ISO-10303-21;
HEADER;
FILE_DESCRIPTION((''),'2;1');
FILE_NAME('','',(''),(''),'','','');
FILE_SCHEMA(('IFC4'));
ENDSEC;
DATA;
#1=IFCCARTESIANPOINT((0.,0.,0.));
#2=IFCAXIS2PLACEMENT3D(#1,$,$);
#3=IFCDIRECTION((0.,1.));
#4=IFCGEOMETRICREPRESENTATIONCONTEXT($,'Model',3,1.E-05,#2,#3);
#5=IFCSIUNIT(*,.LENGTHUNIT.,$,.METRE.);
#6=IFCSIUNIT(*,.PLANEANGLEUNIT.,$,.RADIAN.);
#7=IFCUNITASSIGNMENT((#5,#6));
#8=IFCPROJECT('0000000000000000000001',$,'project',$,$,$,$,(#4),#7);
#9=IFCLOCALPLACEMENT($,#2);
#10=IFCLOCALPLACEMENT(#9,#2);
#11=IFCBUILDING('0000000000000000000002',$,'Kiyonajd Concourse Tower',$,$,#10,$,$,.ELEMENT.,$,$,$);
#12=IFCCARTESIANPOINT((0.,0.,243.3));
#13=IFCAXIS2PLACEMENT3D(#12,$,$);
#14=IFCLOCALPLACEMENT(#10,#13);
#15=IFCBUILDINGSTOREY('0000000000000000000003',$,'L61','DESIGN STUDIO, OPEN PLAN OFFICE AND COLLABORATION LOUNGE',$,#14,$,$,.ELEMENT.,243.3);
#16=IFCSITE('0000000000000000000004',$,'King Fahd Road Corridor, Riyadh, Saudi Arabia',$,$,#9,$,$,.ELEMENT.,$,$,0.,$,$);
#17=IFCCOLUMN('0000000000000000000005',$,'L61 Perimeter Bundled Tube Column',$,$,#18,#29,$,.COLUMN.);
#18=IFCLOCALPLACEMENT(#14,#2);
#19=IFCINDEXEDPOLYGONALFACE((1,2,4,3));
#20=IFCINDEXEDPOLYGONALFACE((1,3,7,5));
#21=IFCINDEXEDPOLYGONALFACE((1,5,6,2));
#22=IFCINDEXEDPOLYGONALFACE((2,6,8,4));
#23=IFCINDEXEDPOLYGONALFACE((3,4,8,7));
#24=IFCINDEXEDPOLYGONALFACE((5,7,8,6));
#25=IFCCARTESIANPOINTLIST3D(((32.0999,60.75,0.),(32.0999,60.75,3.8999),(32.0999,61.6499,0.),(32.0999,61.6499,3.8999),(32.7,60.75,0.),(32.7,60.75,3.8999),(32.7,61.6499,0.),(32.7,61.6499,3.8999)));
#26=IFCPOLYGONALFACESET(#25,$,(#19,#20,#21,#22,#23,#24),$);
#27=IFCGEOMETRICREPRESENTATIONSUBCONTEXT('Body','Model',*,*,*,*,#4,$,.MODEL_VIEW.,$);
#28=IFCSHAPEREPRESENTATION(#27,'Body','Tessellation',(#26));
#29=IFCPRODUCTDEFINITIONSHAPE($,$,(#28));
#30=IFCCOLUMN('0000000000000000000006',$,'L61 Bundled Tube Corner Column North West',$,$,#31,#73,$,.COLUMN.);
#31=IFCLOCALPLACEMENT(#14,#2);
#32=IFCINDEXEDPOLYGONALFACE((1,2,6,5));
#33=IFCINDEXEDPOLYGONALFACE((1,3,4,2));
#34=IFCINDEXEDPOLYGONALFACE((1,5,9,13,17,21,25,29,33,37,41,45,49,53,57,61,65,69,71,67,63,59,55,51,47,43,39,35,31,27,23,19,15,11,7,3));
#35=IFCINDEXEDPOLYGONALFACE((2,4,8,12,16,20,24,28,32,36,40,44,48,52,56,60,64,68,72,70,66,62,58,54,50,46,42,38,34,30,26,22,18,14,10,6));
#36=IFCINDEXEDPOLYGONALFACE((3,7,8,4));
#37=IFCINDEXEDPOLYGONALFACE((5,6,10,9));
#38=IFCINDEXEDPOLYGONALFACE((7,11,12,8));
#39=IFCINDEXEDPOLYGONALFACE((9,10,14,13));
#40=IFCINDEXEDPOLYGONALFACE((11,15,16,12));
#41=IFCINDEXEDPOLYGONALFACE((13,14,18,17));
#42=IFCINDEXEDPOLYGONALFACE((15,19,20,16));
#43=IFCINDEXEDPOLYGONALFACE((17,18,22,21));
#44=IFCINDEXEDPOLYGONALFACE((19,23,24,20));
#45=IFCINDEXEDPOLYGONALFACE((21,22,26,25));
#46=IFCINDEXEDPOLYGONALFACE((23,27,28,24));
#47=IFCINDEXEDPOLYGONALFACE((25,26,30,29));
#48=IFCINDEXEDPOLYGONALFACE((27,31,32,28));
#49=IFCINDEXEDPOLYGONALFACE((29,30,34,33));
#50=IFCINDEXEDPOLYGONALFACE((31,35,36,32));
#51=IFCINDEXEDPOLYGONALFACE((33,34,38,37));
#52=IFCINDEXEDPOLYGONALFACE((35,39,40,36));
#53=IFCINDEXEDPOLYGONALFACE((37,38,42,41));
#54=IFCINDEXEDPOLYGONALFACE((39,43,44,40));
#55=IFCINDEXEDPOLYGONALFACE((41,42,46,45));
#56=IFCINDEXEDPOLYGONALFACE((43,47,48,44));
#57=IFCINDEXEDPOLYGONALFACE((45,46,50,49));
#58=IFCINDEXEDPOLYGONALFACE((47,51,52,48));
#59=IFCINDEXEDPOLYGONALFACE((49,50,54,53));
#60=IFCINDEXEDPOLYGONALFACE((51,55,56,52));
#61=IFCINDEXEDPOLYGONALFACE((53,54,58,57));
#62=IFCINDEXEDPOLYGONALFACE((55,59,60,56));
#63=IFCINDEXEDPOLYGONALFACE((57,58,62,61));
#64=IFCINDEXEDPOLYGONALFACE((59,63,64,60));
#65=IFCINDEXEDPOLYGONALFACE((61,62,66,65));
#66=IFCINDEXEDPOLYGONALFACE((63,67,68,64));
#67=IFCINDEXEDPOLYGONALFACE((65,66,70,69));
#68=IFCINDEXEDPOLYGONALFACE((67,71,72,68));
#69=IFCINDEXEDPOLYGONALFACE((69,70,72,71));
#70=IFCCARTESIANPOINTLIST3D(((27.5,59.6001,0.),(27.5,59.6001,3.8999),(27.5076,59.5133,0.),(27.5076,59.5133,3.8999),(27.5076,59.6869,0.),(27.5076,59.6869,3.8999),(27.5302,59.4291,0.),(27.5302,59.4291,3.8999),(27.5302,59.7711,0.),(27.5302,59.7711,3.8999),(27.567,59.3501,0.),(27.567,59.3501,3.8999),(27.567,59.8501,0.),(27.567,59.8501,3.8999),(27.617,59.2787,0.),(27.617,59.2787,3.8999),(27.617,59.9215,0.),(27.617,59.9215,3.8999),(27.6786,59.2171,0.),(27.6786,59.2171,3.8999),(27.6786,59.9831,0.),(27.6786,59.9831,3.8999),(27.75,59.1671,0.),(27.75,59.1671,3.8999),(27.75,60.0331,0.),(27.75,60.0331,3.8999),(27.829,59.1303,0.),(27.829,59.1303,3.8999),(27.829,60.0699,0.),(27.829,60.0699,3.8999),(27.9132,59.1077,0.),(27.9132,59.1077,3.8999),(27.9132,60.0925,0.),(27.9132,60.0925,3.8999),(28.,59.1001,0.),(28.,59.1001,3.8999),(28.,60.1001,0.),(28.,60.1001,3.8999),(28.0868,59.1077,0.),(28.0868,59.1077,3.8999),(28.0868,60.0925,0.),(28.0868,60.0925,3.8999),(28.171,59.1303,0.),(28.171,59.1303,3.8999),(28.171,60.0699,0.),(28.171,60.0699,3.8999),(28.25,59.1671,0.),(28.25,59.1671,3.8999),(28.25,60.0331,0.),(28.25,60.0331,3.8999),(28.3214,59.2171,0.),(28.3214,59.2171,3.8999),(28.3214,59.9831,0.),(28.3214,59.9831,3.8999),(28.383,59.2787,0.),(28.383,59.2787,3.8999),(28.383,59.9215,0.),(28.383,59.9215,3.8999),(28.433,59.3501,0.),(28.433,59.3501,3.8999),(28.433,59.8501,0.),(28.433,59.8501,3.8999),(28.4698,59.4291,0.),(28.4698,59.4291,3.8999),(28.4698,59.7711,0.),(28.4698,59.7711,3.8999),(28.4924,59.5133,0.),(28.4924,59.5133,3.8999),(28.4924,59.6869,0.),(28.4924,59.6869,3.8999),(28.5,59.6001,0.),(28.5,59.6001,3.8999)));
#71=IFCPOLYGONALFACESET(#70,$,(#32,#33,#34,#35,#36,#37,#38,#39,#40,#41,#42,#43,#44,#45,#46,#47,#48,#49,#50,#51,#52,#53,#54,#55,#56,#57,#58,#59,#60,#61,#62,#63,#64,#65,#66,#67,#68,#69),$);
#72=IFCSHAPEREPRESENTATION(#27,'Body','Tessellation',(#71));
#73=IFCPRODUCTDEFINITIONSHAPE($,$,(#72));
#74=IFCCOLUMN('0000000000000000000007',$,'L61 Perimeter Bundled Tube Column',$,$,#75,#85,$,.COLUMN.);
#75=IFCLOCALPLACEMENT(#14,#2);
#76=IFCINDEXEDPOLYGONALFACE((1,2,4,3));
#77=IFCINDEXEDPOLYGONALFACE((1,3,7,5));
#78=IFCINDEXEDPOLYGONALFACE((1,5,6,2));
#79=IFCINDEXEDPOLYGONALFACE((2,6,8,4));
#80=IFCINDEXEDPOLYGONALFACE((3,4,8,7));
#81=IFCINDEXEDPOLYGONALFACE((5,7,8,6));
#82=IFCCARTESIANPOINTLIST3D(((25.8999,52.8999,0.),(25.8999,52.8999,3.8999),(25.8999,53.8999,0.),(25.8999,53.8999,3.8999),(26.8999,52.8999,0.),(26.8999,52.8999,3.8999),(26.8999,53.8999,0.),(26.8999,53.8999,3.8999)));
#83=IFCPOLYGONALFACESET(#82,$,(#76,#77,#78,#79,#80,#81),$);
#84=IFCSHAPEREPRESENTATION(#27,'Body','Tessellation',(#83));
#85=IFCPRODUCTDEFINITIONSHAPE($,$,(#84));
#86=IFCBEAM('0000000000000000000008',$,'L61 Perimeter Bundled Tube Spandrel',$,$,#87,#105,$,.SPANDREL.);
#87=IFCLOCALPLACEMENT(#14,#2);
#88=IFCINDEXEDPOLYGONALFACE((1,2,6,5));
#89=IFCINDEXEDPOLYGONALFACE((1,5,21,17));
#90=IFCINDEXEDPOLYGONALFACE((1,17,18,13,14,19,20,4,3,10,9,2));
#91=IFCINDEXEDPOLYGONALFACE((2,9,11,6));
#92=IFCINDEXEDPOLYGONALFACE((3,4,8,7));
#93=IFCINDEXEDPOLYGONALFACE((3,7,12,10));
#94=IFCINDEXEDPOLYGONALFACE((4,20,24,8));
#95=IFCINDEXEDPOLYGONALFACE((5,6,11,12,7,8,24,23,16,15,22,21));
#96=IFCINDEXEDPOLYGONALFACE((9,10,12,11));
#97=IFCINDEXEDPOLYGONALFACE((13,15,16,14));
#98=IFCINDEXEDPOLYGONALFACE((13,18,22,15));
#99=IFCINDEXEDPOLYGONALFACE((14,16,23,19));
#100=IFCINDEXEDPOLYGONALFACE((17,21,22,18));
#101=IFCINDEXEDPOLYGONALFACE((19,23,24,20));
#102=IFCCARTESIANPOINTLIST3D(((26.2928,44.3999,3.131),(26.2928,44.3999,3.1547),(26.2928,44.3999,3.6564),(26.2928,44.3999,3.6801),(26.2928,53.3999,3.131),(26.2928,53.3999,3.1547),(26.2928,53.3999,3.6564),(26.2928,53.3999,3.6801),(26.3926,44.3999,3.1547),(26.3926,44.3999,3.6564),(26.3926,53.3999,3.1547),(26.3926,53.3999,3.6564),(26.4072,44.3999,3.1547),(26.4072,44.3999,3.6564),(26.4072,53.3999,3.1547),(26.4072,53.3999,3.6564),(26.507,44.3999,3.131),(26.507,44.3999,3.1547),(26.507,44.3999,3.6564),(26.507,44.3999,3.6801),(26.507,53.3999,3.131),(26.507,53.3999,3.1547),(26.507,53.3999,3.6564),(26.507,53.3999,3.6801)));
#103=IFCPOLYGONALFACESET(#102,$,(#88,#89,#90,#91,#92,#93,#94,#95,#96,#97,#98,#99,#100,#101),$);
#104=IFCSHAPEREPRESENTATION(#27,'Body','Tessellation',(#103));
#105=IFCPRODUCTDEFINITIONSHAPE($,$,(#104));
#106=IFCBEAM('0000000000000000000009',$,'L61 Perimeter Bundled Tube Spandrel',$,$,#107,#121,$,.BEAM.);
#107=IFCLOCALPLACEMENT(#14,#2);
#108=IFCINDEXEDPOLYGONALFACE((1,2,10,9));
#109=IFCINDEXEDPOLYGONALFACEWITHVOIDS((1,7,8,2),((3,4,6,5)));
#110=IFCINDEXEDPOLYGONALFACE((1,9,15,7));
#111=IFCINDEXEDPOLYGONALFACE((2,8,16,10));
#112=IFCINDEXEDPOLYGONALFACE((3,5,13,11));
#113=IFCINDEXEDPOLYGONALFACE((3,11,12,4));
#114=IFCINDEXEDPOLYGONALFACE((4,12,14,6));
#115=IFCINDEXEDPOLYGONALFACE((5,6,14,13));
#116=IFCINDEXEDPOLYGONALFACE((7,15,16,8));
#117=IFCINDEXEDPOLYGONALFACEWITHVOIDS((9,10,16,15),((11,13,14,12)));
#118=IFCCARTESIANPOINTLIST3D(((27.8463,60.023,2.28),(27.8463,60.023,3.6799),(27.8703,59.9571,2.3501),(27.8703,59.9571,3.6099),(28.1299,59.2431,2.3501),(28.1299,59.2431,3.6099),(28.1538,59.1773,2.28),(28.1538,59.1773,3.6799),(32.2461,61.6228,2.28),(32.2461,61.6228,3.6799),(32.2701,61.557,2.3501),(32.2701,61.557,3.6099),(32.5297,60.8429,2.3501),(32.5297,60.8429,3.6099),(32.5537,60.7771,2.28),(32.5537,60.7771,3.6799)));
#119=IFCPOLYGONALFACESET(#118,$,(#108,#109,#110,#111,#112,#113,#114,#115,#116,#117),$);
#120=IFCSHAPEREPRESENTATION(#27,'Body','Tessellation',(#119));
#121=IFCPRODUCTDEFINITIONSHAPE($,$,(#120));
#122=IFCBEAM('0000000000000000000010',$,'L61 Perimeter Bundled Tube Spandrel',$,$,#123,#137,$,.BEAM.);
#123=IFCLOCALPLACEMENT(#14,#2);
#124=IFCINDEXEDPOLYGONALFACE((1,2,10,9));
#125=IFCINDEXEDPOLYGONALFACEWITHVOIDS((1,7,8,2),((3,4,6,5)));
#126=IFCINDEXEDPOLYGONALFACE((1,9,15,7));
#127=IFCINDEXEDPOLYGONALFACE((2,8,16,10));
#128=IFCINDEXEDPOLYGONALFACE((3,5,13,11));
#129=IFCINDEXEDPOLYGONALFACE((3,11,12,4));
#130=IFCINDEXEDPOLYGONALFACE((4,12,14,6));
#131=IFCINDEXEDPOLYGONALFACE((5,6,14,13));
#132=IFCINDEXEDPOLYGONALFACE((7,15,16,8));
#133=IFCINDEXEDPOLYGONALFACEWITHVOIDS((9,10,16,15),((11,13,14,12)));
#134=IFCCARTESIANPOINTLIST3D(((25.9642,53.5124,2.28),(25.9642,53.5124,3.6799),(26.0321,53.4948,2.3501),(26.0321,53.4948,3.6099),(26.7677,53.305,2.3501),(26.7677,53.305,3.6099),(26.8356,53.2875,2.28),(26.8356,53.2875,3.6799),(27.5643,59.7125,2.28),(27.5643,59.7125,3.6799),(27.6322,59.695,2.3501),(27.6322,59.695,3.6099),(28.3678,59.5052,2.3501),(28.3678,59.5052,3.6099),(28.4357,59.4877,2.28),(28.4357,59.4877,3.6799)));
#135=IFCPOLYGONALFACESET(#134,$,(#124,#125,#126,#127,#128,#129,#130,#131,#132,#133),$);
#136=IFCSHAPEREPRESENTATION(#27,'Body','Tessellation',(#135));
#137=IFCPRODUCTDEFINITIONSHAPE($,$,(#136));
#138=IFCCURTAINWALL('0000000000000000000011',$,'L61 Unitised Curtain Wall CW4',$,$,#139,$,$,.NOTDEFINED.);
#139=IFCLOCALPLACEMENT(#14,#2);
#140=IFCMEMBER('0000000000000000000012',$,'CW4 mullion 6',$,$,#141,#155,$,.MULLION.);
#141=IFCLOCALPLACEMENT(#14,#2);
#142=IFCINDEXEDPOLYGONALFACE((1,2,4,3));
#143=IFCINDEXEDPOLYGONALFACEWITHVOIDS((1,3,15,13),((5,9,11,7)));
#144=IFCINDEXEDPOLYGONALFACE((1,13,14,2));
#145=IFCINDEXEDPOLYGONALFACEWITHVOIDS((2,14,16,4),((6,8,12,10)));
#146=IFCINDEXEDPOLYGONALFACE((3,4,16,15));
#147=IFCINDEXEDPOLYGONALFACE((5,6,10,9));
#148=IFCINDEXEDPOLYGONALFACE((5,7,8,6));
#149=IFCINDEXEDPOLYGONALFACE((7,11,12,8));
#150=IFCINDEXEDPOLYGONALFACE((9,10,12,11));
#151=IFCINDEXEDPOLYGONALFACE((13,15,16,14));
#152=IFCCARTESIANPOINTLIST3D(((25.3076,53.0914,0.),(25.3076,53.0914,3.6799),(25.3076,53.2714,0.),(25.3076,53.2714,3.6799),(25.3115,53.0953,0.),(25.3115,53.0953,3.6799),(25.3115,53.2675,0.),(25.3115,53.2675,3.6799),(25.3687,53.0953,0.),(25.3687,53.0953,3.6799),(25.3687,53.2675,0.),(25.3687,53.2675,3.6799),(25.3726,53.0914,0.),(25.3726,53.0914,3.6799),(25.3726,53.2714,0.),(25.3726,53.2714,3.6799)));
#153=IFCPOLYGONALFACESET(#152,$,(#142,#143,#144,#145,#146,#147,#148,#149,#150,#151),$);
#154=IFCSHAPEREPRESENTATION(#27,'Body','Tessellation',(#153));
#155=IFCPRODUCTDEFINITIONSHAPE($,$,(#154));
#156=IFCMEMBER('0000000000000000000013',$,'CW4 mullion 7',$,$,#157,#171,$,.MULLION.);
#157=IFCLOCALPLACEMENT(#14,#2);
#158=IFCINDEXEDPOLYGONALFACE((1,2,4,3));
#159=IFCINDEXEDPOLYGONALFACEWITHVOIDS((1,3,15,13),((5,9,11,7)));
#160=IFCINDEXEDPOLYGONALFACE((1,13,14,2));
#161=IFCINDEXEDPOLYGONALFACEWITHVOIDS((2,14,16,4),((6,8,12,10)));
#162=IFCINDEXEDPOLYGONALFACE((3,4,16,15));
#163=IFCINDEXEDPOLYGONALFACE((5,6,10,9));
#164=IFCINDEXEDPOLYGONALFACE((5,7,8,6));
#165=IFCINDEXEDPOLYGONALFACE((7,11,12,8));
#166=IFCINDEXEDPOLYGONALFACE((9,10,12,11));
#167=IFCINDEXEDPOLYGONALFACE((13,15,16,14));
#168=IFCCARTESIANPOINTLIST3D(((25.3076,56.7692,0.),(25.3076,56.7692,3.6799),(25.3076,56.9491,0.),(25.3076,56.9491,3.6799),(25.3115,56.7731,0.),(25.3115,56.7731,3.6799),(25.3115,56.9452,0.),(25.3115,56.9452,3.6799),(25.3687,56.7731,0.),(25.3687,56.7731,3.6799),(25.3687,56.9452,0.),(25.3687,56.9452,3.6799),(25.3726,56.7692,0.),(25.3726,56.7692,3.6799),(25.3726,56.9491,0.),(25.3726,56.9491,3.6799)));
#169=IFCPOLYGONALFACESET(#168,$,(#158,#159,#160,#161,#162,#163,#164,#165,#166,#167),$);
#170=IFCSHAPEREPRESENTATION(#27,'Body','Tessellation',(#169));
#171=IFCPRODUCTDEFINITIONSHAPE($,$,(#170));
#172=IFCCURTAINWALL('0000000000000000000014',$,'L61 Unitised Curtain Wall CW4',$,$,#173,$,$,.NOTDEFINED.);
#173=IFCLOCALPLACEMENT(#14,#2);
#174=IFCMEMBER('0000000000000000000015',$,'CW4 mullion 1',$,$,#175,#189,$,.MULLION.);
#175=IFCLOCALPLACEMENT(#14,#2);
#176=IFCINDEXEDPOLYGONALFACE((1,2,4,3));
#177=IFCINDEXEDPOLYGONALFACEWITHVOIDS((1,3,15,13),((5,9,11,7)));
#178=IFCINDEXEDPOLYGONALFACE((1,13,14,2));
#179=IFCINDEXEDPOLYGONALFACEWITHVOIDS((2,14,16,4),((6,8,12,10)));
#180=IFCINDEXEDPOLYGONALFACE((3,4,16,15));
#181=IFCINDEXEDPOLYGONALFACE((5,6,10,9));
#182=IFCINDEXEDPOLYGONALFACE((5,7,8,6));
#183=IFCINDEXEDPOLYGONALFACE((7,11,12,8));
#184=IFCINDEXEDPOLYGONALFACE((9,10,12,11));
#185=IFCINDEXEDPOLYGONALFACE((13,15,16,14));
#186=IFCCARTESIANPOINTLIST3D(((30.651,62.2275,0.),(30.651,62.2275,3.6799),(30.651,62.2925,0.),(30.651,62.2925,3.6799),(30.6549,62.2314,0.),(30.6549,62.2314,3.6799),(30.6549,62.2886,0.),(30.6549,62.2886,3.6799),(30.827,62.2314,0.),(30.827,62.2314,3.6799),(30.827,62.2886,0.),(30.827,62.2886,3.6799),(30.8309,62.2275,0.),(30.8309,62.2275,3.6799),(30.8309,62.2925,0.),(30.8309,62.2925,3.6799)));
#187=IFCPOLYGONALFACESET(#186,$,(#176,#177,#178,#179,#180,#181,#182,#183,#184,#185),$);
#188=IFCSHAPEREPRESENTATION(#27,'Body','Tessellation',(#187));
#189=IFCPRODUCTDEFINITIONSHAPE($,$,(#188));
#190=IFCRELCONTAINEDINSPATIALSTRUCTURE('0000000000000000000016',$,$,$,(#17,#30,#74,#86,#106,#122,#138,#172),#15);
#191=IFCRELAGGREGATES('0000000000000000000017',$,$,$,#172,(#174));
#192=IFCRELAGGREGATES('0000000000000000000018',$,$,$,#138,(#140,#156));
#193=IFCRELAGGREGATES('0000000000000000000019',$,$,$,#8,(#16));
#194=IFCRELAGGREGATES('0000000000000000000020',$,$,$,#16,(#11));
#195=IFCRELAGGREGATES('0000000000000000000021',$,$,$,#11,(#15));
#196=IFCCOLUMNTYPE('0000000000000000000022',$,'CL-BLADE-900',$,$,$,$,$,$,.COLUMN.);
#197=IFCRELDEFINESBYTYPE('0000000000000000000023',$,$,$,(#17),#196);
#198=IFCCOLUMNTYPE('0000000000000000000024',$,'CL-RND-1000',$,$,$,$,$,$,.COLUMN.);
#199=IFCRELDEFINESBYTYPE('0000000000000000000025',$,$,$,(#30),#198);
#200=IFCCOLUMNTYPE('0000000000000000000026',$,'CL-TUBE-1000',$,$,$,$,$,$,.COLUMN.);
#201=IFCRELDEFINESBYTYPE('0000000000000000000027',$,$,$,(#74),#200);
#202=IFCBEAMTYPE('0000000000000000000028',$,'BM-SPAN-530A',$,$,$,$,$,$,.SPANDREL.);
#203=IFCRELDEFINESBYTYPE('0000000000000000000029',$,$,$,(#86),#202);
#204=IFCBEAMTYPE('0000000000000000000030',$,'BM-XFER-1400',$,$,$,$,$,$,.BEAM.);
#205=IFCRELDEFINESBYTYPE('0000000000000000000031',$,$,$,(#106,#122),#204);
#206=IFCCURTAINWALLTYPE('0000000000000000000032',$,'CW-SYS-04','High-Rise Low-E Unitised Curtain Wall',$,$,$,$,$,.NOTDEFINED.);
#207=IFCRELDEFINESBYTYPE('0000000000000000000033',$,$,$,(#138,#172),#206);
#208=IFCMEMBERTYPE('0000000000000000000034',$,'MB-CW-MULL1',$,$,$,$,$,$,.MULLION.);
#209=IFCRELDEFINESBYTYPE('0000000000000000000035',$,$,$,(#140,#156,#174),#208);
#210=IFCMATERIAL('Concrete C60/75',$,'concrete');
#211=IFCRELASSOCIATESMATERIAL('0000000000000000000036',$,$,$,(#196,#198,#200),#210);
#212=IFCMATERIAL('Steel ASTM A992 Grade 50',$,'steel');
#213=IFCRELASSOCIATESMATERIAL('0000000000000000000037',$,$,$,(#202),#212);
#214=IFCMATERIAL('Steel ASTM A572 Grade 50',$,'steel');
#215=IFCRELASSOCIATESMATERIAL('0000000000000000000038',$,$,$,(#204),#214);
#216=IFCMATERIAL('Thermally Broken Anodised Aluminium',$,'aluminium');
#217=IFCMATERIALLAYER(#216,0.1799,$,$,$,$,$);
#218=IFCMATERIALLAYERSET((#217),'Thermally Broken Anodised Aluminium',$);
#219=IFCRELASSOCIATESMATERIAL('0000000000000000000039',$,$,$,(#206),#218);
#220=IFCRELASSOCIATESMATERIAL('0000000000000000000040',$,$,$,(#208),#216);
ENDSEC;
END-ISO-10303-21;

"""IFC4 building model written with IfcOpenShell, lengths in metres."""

from ifc_helpers import new_model, si_unit, direction, frame, origin, origin_2d, place, context, subcontext, project, spatial, rectangle, hollow_rectangle, circle, i_section, extrude, material, layer, layer_set, material_profile, profile_set, type_object, element, aggregate, save


model = new_model("IFC4")

# Units and contexts
model_context = context("Model", 3, precision=1e-05, world=origin(), true_north=direction((0.0, 1.0)))
body_context = subcontext(model_context, "Body", "Model", "MODEL_VIEW")
ifc_project = project(units=[si_unit("LENGTHUNIT", "METRE"), si_unit("PLANEANGLEUNIT", "RADIAN")], contexts=[model_context])

# Site, building, storey
site_placement = place(None, origin())
site = spatial("IfcSite", under=ifc_project, at=site_placement, Name="King Fahd Road Corridor, Riyadh, Saudi Arabia", CompositionType="ELEMENT", RefElevation=0.0)
building_placement = place(site_placement, origin())
building = spatial("IfcBuilding", under=site, at=building_placement, Name="Kiyonajd Concourse Tower", CompositionType="ELEMENT")
storey_placement = place(building_placement, frame((0.0, 0.0, 243.3)))
storey = spatial("IfcBuildingStorey", under=building, at=storey_placement, Name="L61", Description="DESIGN STUDIO, OPEN PLAN OFFICE AND COLLABORATION LOUNGE", CompositionType="ELEMENT", Elevation=243.3)

# Columns
ifc_material_1 = material(Name="Concrete C60/75", Category="concrete")
ifc_material_profile_1 = material_profile(ifc_material_1, rectangle(XDim=0.6001, YDim=0.8999, at=origin_2d()), Name="RC-900x600")
ifc_profile_set_1 = profile_set([ifc_material_profile_1], Name="Concrete C60/75")
column_type_1 = type_object("IfcColumnType", Name="CL-BLADE-900", PredefinedType="COLUMN", material=ifc_profile_set_1)
column_1_placement = place(storey_placement, frame((32.3999, 61.2, 0.0), z_axis=(0.0, 0.0, 1.0), x_axis=(1.0, 0.0, 0.0)))
element("IfcColumn", 1, at=column_1_placement, inside=storey, type_object=column_type_1, Name="L61 Perimeter Bundled Tube Column", PredefinedType="COLUMN", context=body_context, shape_type="SweptSolid", body=[
    extrude(rectangle(XDim=0.6001, YDim=0.8999, at=origin_2d()), origin(), (0.0, 0.0, 1.0), 3.8999),
])
ifc_material_profile_2 = material_profile(ifc_material_1, circle(Radius=0.5, at=origin_2d()), Name="RCC-D1000")
ifc_profile_set_2 = profile_set([ifc_material_profile_2], Name="Concrete C60/75")
column_type_2 = type_object("IfcColumnType", Name="CL-RND-1000", PredefinedType="COLUMN", material=ifc_profile_set_2)
column_2_placement = place(storey_placement, frame((28.0, 59.6001, 0.0), z_axis=(0.0, 0.0, 1.0), x_axis=(1.0, 0.0, 0.0)))
element("IfcColumn", 2, at=column_2_placement, inside=storey, type_object=column_type_2, Name="L61 Bundled Tube Corner Column North West", PredefinedType="COLUMN", context=body_context, shape_type="SweptSolid", body=[
    extrude(circle(Radius=0.5, at=origin_2d()), origin(), (0.0, 0.0, 1.0), 3.8999),
])
ifc_material_profile_3 = material_profile(ifc_material_1, rectangle(XDim=1.0, YDim=1.0, at=origin_2d()), Name="RC-1000x1000")
ifc_profile_set_3 = profile_set([ifc_material_profile_3], Name="Concrete C60/75")
column_type_3 = type_object("IfcColumnType", Name="CL-TUBE-1000", PredefinedType="COLUMN", material=ifc_profile_set_3)
column_3_placement = place(storey_placement, frame((26.3999, 53.3999, 0.0), z_axis=(0.0, 0.0, 1.0), x_axis=(1.0, 0.0, 0.0)))
element("IfcColumn", 3, at=column_3_placement, inside=storey, type_object=column_type_3, Name="L61 Perimeter Bundled Tube Column", PredefinedType="COLUMN", context=body_context, shape_type="SweptSolid", body=[
    extrude(rectangle(XDim=1.0, YDim=1.0, at=origin_2d()), origin(), (0.0, 0.0, 1.0), 3.8999),
])

# Beams
ifc_material_2 = material(Name="Steel ASTM A992 Grade 50", Category="steel")
ifc_material_profile_4 = material_profile(ifc_material_2, i_section(OverallWidth=0.2141, OverallDepth=0.5491, WebThickness=0.0146, FlangeThickness=0.0237, at=origin_2d()), Name="W530X138")
ifc_profile_set_4 = profile_set([ifc_material_profile_4], Name="Steel ASTM A992 Grade 50")
beam_type_1 = type_object("IfcBeamType", Name="BM-SPAN-530A", PredefinedType="SPANDREL", material=ifc_profile_set_4)
beam_1_placement = place(storey_placement, frame((26.3999, 53.3999, 3.4055), z_axis=(0.0, -1.0, 0.0), x_axis=(1.0, 0.0, 0.0)))
element("IfcBeam", 4, at=beam_1_placement, inside=storey, type_object=beam_type_1, Name="L61 Perimeter Bundled Tube Spandrel", PredefinedType="SPANDREL", context=body_context, shape_type="SweptSolid", body=[
    extrude(i_section(OverallWidth=0.2141, OverallDepth=0.5491, WebThickness=0.0146, FlangeThickness=0.0237, at=origin_2d()), origin(), (0.0, 0.0, 1.0), 9.0),
])
ifc_material_3 = material(Name="Steel ASTM A572 Grade 50", Category="steel")
ifc_material_profile_5 = material_profile(ifc_material_3, hollow_rectangle(XDim=0.8999, YDim=1.3999, WallThickness=0.0701, at=origin_2d()), Name="BOX-1400x900x70")
ifc_profile_set_5 = profile_set([ifc_material_profile_5], Name="Steel ASTM A572 Grade 50")
beam_type_2 = type_object("IfcBeamType", Name="BM-XFER-1400", PredefinedType="BEAM", material=ifc_profile_set_5)
beam_2_placement = place(storey_placement, frame((32.3999, 61.2, 2.98), z_axis=(-0.939801, -0.341722, 0.0), x_axis=(0.341722, -0.939801, 0.0)))
element("IfcBeam", 5, at=beam_2_placement, inside=storey, type_object=beam_type_2, Name="L61 Perimeter Bundled Tube Spandrel", PredefinedType="BEAM", context=body_context, shape_type="SweptSolid", body=[
    extrude(hollow_rectangle(XDim=0.8999, YDim=1.3999, WallThickness=0.0701, at=origin_2d()), origin(), (0.0, 0.0, 1.0), 4.6816),
])
beam_3_placement = place(storey_placement, frame((28.0, 59.6001, 2.98), z_axis=(-0.249885, -0.968276, 0.0), x_axis=(0.968276, -0.249885, 0.0)))
element("IfcBeam", 6, at=beam_3_placement, inside=storey, type_object=beam_type_2, Name="L61 Perimeter Bundled Tube Spandrel", PredefinedType="BEAM", context=body_context, shape_type="SweptSolid", body=[
    extrude(hollow_rectangle(XDim=0.8999, YDim=1.3999, WallThickness=0.0701, at=origin_2d()), origin(), (0.0, 0.0, 1.0), 6.4033),
])

# Curtain wall, members
ifc_material_4 = material(Name="Thermally Broken Anodised Aluminium", Category="aluminium")
ifc_layer_1 = layer(ifc_material_4, 0.1799)
ifc_layer_set_1 = layer_set([ifc_layer_1], Name="Thermally Broken Anodised Aluminium")
curtain_wall_type = type_object("IfcCurtainWallType", Name="CW-SYS-04", Description="High-Rise Low-E Unitised Curtain Wall", PredefinedType="NOTDEFINED", material=ifc_layer_set_1)
curtain_wall_1_placement = place(storey_placement, origin())
curtain_wall_1 = element("IfcCurtainWall", 7, at=curtain_wall_1_placement, inside=storey, type_object=curtain_wall_type, Name="L61 Unitised Curtain Wall CW4", PredefinedType="NOTDEFINED")
ifc_material_profile_6 = material_profile(ifc_material_4, hollow_rectangle(XDim=0.0649, YDim=0.1799, WallThickness=0.0039, at=origin_2d()), Name="MULL-65x180")
ifc_profile_set_6 = profile_set([ifc_material_profile_6], Name="Thermally Broken Anodised Aluminium")
member_type_1 = type_object("IfcMemberType", Name="MB-CW-MULL1", PredefinedType="MULLION", material=ifc_profile_set_6)
member_1_placement = place(storey_placement, frame((25.3401, 53.1814, 0.0), z_axis=(0.0, 0.0, 1.0), x_axis=(-1.0, 0.0, 0.0)))
member_1 = element("IfcMember", 8, at=member_1_placement, type_object=member_type_1, Name="CW4 mullion 6", PredefinedType="MULLION", context=body_context, shape_type="SweptSolid", body=[
    extrude(hollow_rectangle(XDim=0.0649, YDim=0.1799, WallThickness=0.0039, at=origin_2d()), origin(), (0.0, 0.0, 1.0), 3.6799),
])
member_2_placement = place(storey_placement, frame((25.3401, 56.8591, 0.0), z_axis=(0.0, 0.0, 1.0), x_axis=(-1.0, 0.0, 0.0)))
member_2 = element("IfcMember", 9, at=member_2_placement, type_object=member_type_1, Name="CW4 mullion 7", PredefinedType="MULLION", context=body_context, shape_type="SweptSolid", body=[
    extrude(hollow_rectangle(XDim=0.0649, YDim=0.1799, WallThickness=0.0039, at=origin_2d()), origin(), (0.0, 0.0, 1.0), 3.6799),
])

# Curtain wall, member
curtain_wall_2_placement = place(storey_placement, origin())
curtain_wall_2 = element("IfcCurtainWall", 10, at=curtain_wall_2_placement, inside=storey, type_object=curtain_wall_type, Name="L61 Unitised Curtain Wall CW4", PredefinedType="NOTDEFINED")
member_3_placement = place(storey_placement, frame((30.741, 62.26, 0.0), z_axis=(0.0, 0.0, 1.0), x_axis=(0.0, 1.0, 0.0)))
member_3 = element("IfcMember", 11, at=member_3_placement, type_object=member_type_1, Name="CW4 mullion 1", PredefinedType="MULLION", context=body_context, shape_type="SweptSolid", body=[
    extrude(hollow_rectangle(XDim=0.0649, YDim=0.1799, WallThickness=0.0039, at=origin_2d()), origin(), (0.0, 0.0, 1.0), 3.6799),
])

aggregate(curtain_wall_2, [member_3])

aggregate(curtain_wall_1, [member_1, member_2])

save(model, "model.ifc")
